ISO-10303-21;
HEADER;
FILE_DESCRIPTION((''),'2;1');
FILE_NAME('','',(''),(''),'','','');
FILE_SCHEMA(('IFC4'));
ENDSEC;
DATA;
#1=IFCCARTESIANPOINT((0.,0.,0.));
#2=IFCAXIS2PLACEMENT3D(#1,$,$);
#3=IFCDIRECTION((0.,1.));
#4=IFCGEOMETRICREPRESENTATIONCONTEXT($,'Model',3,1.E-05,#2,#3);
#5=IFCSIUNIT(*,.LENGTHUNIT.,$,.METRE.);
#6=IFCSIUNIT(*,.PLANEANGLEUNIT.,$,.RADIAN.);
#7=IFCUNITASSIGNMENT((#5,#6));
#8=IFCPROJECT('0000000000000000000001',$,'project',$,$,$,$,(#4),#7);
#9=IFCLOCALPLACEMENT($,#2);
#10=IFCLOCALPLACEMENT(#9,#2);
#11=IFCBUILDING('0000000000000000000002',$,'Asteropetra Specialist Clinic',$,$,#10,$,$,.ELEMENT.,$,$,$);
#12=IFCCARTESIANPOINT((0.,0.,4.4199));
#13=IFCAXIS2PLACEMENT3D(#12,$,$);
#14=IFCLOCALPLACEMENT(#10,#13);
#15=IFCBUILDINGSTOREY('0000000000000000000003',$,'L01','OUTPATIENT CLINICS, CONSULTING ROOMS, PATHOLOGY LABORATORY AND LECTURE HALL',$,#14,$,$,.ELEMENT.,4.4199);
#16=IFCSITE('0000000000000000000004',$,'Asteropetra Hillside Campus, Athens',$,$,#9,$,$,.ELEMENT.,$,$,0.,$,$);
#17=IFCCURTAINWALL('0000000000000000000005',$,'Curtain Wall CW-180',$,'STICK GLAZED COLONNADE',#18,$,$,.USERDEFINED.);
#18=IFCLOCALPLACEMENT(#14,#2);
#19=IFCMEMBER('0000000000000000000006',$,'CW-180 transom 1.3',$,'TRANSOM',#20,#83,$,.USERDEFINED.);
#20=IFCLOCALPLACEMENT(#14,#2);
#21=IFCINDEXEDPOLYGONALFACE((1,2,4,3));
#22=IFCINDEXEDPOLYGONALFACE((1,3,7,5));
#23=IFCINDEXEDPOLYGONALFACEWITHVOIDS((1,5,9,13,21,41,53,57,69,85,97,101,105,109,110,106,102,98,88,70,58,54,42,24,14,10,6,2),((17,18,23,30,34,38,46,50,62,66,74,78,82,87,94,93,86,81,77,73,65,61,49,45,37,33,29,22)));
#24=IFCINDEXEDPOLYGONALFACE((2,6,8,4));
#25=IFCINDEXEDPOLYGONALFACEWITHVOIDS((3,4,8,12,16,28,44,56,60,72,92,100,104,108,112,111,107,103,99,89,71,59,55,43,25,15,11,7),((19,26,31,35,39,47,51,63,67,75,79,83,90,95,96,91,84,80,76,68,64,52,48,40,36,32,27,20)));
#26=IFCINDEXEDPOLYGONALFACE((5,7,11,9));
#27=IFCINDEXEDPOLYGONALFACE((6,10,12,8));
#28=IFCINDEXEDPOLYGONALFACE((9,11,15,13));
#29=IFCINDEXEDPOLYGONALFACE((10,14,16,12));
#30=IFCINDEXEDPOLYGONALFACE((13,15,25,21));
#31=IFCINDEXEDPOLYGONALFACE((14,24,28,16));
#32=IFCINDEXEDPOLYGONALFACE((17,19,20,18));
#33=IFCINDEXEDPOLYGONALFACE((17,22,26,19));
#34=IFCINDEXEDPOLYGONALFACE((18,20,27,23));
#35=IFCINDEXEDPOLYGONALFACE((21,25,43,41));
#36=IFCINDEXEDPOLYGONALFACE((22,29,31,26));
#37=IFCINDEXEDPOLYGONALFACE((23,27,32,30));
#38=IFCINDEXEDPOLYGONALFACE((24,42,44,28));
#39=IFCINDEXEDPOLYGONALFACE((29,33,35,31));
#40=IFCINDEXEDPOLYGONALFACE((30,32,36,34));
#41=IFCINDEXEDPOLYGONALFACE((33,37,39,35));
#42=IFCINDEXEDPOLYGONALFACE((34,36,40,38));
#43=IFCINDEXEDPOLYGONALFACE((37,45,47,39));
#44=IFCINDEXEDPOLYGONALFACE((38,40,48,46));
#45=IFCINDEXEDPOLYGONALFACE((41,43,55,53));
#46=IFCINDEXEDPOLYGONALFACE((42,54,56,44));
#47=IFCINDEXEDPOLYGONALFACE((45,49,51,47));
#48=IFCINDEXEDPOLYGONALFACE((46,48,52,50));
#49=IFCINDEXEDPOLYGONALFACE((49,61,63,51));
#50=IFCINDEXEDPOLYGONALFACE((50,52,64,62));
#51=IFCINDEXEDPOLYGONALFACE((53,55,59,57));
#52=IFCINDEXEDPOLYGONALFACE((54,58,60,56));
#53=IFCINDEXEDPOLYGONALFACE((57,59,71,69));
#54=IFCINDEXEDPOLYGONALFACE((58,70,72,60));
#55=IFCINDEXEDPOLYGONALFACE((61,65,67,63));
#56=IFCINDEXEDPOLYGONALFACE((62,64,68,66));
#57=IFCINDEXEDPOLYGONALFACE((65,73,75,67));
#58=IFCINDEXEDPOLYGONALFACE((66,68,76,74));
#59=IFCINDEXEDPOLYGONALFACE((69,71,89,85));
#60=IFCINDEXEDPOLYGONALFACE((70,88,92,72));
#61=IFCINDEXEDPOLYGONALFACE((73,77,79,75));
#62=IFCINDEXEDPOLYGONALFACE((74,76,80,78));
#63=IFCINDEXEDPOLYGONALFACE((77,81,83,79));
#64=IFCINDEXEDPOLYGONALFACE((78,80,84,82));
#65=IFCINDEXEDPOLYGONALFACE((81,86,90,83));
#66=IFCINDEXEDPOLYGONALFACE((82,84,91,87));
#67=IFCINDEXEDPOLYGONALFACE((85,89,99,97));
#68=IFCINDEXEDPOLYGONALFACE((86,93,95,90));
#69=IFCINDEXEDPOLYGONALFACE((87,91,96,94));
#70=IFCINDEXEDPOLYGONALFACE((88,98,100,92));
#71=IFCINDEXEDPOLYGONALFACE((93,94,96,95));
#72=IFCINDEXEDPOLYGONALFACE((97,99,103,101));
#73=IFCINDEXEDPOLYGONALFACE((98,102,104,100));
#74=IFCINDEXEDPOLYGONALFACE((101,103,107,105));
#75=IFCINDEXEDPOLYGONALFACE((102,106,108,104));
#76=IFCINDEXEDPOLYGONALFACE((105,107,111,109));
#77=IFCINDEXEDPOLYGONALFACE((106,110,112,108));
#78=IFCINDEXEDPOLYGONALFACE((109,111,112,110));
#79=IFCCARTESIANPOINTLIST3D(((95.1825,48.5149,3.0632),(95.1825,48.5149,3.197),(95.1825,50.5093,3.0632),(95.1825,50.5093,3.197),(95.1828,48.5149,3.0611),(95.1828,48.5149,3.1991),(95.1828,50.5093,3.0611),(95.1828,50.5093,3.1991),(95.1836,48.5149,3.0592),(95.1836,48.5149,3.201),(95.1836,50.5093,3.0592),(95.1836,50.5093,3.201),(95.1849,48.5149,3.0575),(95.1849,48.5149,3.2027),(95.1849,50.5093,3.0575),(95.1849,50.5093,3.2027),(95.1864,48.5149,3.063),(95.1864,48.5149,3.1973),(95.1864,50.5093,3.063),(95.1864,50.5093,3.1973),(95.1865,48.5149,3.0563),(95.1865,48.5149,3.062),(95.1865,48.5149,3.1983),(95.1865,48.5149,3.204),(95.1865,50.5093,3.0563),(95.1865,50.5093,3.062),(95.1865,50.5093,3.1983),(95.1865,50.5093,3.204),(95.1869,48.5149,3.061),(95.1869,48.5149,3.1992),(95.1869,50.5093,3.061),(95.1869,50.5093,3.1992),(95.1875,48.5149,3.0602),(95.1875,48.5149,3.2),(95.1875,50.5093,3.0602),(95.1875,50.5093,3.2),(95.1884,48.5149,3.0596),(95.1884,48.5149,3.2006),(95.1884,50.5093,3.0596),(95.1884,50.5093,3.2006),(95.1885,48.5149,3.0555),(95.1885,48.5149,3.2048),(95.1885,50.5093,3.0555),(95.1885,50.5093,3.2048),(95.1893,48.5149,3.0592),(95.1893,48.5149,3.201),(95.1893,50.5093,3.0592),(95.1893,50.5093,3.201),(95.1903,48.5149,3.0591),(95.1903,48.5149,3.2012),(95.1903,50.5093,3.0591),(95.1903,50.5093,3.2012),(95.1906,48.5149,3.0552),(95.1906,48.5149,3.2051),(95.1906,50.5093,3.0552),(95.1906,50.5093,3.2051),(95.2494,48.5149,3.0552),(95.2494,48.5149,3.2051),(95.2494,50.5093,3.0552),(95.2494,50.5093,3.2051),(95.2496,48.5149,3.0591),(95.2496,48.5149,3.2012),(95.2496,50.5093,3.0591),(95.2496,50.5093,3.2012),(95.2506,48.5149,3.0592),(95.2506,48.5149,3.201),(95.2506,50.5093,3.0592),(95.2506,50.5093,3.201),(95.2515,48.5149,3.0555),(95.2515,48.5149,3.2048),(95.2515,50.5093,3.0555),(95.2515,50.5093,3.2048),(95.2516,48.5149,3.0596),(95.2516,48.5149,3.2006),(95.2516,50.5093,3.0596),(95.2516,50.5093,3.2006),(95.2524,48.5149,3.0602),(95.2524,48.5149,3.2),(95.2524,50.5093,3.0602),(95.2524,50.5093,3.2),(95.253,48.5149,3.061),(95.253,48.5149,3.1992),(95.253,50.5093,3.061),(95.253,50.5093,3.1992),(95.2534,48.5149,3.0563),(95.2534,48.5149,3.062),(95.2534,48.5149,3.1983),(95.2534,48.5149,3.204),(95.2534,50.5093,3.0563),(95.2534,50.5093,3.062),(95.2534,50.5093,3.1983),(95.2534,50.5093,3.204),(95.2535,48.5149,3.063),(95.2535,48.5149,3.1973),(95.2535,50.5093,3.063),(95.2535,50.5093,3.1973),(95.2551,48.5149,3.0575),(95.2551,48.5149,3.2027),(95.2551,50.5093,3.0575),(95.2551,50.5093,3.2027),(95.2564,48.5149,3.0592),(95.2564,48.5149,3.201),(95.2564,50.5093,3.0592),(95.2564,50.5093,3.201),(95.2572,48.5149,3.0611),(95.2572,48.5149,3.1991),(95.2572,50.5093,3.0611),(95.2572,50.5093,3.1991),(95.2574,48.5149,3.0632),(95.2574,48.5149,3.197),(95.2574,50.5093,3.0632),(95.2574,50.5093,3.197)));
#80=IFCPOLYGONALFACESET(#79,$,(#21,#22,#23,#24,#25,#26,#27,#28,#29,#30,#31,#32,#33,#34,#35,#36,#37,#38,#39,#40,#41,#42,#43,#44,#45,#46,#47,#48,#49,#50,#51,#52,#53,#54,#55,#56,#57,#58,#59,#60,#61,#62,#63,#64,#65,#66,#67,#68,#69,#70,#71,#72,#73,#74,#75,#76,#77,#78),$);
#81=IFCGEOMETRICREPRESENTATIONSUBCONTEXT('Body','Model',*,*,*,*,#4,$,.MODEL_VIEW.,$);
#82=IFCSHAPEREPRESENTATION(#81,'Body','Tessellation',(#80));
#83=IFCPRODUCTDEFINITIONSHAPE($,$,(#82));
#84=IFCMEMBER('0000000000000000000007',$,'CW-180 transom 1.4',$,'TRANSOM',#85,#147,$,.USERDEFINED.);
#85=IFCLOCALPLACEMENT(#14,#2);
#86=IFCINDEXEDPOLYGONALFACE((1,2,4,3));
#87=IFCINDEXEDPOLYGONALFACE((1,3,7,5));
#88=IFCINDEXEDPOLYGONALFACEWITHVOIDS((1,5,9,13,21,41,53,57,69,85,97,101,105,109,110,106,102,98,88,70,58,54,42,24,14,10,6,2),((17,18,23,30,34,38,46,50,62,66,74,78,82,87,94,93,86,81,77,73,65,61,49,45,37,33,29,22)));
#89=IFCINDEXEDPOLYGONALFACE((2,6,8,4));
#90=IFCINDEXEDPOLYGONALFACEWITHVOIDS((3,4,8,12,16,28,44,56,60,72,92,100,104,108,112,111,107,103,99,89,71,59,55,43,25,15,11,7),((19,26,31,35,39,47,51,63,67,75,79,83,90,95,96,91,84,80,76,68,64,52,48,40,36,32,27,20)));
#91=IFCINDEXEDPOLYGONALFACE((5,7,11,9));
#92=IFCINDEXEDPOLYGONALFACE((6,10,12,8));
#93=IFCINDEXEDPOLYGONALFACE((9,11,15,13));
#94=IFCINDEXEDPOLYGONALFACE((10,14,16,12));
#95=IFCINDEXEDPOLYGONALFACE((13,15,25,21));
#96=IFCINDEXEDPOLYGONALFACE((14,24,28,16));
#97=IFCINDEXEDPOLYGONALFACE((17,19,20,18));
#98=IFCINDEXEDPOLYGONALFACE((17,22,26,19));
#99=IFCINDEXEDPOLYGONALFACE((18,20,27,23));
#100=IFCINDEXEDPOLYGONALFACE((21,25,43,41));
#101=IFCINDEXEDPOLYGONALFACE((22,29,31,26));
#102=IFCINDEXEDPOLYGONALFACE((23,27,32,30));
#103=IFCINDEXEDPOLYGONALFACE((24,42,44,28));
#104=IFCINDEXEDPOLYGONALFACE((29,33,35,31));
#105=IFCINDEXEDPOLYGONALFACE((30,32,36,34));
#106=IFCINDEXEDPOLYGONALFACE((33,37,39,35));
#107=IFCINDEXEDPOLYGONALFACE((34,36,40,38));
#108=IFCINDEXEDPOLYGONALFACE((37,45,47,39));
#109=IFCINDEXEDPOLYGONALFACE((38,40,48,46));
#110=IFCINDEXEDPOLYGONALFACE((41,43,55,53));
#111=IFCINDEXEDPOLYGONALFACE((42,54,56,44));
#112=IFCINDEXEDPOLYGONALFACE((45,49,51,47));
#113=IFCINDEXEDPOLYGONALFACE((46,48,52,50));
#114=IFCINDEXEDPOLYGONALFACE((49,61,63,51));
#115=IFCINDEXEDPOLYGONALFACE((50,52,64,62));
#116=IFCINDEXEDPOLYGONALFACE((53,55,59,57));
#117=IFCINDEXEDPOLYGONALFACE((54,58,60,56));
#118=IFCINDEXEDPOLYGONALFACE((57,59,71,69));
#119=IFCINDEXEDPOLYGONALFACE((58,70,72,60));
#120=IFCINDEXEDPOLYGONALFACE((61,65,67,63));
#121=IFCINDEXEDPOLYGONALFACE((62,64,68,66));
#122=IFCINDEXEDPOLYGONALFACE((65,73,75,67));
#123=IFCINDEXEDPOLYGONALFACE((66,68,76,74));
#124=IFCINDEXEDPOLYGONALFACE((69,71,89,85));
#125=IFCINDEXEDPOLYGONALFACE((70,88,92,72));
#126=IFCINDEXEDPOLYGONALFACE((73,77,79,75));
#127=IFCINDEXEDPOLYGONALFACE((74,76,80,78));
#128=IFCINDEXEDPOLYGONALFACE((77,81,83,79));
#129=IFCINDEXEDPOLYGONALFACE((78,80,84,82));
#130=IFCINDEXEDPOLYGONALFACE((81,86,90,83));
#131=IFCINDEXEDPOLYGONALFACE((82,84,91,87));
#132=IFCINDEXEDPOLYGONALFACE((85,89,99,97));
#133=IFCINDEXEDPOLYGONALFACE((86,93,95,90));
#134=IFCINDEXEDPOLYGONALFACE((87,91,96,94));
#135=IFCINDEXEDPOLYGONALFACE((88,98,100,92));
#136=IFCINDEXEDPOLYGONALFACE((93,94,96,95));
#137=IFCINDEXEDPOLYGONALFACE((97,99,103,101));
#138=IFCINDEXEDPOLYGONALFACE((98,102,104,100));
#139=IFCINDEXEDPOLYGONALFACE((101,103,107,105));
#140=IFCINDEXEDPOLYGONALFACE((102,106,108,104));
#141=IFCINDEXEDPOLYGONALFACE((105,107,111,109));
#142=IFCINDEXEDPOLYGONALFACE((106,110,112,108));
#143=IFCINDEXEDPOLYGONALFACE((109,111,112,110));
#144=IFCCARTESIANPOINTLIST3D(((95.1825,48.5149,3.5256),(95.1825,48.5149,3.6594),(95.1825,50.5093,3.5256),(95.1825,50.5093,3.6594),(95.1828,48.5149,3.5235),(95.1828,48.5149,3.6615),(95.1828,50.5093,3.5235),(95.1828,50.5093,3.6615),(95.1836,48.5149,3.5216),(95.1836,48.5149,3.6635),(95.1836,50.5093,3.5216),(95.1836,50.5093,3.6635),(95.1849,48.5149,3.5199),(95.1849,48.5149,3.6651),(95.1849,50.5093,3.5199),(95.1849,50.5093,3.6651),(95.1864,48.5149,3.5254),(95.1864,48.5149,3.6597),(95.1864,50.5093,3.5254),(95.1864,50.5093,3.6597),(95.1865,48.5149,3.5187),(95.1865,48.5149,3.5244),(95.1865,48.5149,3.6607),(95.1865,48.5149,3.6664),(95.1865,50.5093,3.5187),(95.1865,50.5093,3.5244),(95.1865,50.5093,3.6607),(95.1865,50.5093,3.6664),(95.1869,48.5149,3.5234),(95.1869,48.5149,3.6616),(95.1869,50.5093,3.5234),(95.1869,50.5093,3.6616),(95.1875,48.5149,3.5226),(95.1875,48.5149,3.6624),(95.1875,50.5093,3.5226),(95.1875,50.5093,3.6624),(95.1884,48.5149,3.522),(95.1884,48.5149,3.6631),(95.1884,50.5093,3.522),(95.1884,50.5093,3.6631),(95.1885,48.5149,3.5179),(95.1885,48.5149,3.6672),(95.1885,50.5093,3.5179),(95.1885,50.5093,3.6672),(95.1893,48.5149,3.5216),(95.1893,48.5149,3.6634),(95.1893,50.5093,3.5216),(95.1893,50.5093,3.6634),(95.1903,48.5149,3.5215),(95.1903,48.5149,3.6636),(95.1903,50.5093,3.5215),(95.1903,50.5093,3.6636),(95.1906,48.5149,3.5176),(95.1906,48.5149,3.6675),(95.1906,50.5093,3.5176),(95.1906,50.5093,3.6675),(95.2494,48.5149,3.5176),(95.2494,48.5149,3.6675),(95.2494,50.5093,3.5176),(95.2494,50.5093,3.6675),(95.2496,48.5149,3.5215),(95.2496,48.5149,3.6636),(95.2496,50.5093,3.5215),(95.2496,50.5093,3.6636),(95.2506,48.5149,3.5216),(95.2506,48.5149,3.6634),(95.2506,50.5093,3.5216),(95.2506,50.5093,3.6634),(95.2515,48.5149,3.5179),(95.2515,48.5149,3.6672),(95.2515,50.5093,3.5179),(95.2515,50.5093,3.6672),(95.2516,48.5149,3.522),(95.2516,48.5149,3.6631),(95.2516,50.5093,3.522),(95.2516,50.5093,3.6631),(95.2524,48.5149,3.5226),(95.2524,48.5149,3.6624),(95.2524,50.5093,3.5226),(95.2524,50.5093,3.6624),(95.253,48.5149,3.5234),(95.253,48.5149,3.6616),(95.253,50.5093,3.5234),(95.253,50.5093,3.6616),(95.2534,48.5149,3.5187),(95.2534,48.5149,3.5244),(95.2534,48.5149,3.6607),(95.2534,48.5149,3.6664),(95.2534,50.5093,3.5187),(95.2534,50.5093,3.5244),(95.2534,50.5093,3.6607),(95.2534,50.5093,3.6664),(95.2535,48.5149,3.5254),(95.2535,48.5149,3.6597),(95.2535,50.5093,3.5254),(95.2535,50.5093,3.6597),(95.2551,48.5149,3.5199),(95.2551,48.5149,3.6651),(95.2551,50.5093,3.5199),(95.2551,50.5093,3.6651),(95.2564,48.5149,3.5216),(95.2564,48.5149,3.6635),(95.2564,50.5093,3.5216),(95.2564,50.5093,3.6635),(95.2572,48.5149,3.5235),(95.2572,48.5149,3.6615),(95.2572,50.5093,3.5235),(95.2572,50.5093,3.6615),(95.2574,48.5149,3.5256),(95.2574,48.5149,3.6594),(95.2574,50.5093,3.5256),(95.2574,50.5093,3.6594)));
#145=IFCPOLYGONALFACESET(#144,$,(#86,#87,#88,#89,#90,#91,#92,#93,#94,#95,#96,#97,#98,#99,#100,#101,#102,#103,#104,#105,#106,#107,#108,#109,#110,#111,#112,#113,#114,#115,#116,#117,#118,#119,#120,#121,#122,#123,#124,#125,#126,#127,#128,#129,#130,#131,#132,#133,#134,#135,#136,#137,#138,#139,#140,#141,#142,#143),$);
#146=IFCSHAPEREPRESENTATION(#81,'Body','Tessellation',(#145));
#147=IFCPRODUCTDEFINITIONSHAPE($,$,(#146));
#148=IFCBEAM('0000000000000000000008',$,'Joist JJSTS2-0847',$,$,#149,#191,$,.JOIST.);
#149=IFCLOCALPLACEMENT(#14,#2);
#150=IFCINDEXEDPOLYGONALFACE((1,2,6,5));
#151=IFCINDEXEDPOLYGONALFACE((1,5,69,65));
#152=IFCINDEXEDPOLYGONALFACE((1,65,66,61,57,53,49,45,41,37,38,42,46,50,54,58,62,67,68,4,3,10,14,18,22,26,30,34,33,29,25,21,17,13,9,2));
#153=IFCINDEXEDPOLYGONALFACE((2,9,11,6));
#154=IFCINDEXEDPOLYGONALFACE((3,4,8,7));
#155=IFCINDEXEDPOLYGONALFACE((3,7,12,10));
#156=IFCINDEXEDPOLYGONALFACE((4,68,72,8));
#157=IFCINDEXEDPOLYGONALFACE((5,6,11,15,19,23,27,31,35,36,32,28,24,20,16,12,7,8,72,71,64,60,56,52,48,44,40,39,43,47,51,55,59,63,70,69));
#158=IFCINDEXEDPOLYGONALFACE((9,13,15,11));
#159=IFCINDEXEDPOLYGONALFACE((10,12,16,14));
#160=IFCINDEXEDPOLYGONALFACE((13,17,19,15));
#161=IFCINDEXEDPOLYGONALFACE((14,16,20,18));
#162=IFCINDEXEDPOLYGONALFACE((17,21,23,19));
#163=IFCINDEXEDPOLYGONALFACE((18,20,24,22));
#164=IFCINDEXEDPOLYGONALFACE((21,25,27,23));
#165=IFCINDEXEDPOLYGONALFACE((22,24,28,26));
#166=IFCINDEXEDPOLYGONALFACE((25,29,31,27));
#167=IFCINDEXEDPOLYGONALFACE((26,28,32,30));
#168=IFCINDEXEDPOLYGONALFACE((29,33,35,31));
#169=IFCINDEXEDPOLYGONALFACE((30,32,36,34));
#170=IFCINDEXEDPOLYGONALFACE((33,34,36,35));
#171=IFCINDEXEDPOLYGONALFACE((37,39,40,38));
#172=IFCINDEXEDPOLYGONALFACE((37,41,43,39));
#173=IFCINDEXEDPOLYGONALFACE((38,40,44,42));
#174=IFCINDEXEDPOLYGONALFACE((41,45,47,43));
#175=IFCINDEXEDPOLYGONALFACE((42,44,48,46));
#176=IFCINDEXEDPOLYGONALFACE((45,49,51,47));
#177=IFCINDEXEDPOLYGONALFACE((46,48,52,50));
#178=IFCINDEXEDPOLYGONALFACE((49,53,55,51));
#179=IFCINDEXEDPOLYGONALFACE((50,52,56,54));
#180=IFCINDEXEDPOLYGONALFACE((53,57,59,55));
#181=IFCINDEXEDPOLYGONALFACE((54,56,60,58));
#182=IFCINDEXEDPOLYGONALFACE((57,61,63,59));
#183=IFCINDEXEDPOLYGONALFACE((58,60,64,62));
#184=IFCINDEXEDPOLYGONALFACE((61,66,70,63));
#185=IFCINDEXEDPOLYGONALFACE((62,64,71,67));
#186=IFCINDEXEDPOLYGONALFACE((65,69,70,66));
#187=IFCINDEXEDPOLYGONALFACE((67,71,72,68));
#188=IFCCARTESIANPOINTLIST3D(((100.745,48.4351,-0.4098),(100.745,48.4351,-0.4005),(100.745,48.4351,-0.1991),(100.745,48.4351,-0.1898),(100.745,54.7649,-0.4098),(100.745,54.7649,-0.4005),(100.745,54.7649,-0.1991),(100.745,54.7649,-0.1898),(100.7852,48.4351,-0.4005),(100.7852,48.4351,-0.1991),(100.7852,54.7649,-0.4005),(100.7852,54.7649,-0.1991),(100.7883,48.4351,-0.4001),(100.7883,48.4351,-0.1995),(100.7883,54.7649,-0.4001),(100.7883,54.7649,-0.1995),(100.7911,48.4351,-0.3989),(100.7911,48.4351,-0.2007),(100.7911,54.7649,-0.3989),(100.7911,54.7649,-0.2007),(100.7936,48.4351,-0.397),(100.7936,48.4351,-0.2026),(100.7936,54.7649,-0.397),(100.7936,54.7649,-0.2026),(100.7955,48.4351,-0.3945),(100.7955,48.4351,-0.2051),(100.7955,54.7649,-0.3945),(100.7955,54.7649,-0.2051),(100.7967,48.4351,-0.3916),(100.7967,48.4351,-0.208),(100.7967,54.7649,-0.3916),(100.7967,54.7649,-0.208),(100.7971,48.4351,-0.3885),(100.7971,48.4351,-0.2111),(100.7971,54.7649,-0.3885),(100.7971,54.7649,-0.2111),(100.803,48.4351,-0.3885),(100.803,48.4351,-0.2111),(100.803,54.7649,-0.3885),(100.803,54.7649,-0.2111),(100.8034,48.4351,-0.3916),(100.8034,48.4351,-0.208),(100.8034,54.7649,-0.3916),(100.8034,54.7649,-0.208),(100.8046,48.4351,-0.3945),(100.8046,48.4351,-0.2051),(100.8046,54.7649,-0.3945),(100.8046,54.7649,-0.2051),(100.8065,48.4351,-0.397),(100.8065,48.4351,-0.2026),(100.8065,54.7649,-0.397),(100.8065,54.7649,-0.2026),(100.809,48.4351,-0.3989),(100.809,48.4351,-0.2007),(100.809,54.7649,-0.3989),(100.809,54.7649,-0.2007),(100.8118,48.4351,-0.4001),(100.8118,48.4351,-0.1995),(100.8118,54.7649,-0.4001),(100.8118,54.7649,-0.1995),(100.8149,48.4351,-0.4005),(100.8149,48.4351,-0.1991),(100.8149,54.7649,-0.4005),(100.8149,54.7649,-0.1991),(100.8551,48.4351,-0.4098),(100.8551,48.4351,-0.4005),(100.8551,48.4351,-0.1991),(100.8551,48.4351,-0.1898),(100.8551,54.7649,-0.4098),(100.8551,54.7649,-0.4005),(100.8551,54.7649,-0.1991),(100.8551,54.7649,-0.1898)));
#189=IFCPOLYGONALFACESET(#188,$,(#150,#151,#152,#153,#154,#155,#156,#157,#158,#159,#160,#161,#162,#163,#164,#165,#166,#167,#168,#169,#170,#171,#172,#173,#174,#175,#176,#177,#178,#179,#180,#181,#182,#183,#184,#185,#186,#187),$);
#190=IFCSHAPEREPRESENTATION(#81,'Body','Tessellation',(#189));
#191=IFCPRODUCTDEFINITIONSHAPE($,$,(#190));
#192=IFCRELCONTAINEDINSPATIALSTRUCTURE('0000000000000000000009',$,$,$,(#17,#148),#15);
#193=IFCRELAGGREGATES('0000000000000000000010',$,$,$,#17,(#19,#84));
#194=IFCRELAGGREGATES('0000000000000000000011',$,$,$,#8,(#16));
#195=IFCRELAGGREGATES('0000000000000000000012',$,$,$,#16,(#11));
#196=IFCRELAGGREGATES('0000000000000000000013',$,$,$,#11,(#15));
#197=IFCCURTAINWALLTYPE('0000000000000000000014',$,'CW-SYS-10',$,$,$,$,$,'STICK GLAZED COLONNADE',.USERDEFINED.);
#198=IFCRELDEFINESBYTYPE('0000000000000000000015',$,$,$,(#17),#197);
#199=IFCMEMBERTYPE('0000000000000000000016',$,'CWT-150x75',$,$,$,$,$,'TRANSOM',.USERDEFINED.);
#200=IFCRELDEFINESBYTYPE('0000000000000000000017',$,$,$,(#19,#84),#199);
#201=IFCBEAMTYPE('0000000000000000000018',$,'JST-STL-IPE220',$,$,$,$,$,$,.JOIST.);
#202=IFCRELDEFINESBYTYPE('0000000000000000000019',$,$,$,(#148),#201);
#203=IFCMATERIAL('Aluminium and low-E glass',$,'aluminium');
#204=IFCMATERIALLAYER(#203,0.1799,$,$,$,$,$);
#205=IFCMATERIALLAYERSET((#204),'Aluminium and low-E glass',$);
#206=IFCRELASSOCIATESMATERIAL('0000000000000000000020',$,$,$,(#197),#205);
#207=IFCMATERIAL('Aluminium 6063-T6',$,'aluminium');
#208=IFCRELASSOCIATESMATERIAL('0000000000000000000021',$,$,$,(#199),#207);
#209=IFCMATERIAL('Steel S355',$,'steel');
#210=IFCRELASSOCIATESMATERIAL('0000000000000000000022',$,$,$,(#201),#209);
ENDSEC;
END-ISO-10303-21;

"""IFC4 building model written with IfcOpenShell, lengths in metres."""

from ifc_helpers import new_model, si_unit, direction, frame, origin, origin_2d, place, context, subcontext, project, spatial, hollow_rectangle, i_section, extrude, material, layer, layer_set, material_profile, profile_set, type_object, element, aggregate, save


model = new_model("IFC4")

# Units and contexts
model_context = context("Model", 3, precision=1e-05, world=origin(), true_north=direction((0.0, 1.0)))
body_context = subcontext(model_context, "Body", "Model", "MODEL_VIEW")
ifc_project = project(units=[si_unit("LENGTHUNIT", "METRE"), si_unit("PLANEANGLEUNIT", "RADIAN")], contexts=[model_context])

# Site, building, storey
site_placement = place(None, origin())
site = spatial("IfcSite", under=ifc_project, at=site_placement, Name="Asteropetra Hillside Campus, Athens", CompositionType="ELEMENT", RefElevation=0.0)
building_placement = place(site_placement, origin())
building = spatial("IfcBuilding", under=site, at=building_placement, Name="Asteropetra Specialist Clinic", CompositionType="ELEMENT")
storey_placement = place(building_placement, frame((0.0, 0.0, 4.4199)))
storey = spatial("IfcBuildingStorey", under=building, at=storey_placement, Name="L01", Description="OUTPATIENT CLINICS, CONSULTING ROOMS, PATHOLOGY LABORATORY AND LECTURE HALL", CompositionType="ELEMENT", Elevation=4.4199)

# Shared definitions
ifc_material_1 = material(Name="Aluminium and low-E glass", Category="aluminium")
ifc_layer_1 = layer(ifc_material_1, 0.1799)
ifc_layer_set_1 = layer_set([ifc_layer_1], Name="Aluminium and low-E glass")
curtain_wall_type = type_object("IfcCurtainWallType", Name="CW-SYS-10", ElementType="STICK GLAZED COLONNADE", PredefinedType="USERDEFINED", material=ifc_layer_set_1)

# Curtain wall
curtain_wall_1_placement = place(storey_placement, origin())
curtain_wall_1 = element("IfcCurtainWall", 1, at=curtain_wall_1_placement, inside=storey, type_object=curtain_wall_type, Name="Curtain Wall CW-180", ObjectType="STICK GLAZED COLONNADE", PredefinedType="USERDEFINED")

# Members
ifc_material_2 = material(Name="Aluminium 6063-T6", Category="aluminium")
ifc_material_profile_1 = material_profile(ifc_material_2, hollow_rectangle(XDim=0.075, YDim=0.1499, WallThickness=0.0039, InnerFilletRadius=0.0039, OuterFilletRadius=0.0081, at=origin_2d()), Name="TRN 150x75x4.0")
ifc_profile_set_1 = profile_set([ifc_material_profile_1], Name="Aluminium 6063-T6")
member_type_1 = type_object("IfcMemberType", Name="CWT-150x75", ElementType="TRANSOM", PredefinedType="USERDEFINED", material=ifc_profile_set_1)
member_1_placement = place(storey_placement, frame((95.22, 48.5149, 3.1301), z_axis=(0.0, 1.0, 0.0), x_axis=(-1.0, 0.0, 0.0)))
member_1 = element("IfcMember", 2, at=member_1_placement, type_object=member_type_1, Name="CW-180 transom 1.3", ObjectType="TRANSOM", PredefinedType="USERDEFINED", context=body_context, shape_type="SweptSolid", body=[
    extrude(hollow_rectangle(XDim=0.075, YDim=0.1499, WallThickness=0.0039, InnerFilletRadius=0.0039, OuterFilletRadius=0.0081, at=origin_2d()), origin(), (0.0, 0.0, 1.0), 1.9944),
])
member_2_placement = place(storey_placement, frame((95.22, 48.5149, 3.5925), z_axis=(0.0, 1.0, 0.0), x_axis=(-1.0, 0.0, 0.0)))
member_2 = element("IfcMember", 3, at=member_2_placement, type_object=member_type_1, Name="CW-180 transom 1.4", ObjectType="TRANSOM", PredefinedType="USERDEFINED", context=body_context, shape_type="SweptSolid", body=[
    extrude(hollow_rectangle(XDim=0.075, YDim=0.1499, WallThickness=0.0039, InnerFilletRadius=0.0039, OuterFilletRadius=0.0081, at=origin_2d()), origin(), (0.0, 0.0, 1.0), 1.9944),
])

# Beam
ifc_material_3 = material(Name="Steel S355", Category="steel")
ifc_material_profile_2 = material_profile(ifc_material_3, i_section(OverallWidth=0.1101, OverallDepth=0.22, WebThickness=0.0059, FlangeThickness=0.0093, FilletRadius=0.012, at=origin_2d()), Name="IPE 220")
ifc_profile_set_2 = profile_set([ifc_material_profile_2], Name="Steel S355")
beam_type_1 = type_object("IfcBeamType", Name="JST-STL-IPE220", PredefinedType="JOIST", material=ifc_profile_set_2)
beam_1_placement = place(storey_placement, frame((100.8, 48.4351, -0.2998), z_axis=(0.0, 1.0, 0.0), x_axis=(-1.0, 0.0, 0.0)))
element("IfcBeam", 4, at=beam_1_placement, inside=storey, type_object=beam_type_1, Name="Joist JJSTS2-0847", PredefinedType="JOIST", context=body_context, shape_type="SweptSolid", body=[
    extrude(i_section(OverallWidth=0.1101, OverallDepth=0.22, WebThickness=0.0059, FlangeThickness=0.0093, FilletRadius=0.012, at=origin_2d()), origin(), (0.0, 0.0, 1.0), 6.3298),
])

aggregate(curtain_wall_1, [member_1, member_2])

save(model, "model.ifc")
